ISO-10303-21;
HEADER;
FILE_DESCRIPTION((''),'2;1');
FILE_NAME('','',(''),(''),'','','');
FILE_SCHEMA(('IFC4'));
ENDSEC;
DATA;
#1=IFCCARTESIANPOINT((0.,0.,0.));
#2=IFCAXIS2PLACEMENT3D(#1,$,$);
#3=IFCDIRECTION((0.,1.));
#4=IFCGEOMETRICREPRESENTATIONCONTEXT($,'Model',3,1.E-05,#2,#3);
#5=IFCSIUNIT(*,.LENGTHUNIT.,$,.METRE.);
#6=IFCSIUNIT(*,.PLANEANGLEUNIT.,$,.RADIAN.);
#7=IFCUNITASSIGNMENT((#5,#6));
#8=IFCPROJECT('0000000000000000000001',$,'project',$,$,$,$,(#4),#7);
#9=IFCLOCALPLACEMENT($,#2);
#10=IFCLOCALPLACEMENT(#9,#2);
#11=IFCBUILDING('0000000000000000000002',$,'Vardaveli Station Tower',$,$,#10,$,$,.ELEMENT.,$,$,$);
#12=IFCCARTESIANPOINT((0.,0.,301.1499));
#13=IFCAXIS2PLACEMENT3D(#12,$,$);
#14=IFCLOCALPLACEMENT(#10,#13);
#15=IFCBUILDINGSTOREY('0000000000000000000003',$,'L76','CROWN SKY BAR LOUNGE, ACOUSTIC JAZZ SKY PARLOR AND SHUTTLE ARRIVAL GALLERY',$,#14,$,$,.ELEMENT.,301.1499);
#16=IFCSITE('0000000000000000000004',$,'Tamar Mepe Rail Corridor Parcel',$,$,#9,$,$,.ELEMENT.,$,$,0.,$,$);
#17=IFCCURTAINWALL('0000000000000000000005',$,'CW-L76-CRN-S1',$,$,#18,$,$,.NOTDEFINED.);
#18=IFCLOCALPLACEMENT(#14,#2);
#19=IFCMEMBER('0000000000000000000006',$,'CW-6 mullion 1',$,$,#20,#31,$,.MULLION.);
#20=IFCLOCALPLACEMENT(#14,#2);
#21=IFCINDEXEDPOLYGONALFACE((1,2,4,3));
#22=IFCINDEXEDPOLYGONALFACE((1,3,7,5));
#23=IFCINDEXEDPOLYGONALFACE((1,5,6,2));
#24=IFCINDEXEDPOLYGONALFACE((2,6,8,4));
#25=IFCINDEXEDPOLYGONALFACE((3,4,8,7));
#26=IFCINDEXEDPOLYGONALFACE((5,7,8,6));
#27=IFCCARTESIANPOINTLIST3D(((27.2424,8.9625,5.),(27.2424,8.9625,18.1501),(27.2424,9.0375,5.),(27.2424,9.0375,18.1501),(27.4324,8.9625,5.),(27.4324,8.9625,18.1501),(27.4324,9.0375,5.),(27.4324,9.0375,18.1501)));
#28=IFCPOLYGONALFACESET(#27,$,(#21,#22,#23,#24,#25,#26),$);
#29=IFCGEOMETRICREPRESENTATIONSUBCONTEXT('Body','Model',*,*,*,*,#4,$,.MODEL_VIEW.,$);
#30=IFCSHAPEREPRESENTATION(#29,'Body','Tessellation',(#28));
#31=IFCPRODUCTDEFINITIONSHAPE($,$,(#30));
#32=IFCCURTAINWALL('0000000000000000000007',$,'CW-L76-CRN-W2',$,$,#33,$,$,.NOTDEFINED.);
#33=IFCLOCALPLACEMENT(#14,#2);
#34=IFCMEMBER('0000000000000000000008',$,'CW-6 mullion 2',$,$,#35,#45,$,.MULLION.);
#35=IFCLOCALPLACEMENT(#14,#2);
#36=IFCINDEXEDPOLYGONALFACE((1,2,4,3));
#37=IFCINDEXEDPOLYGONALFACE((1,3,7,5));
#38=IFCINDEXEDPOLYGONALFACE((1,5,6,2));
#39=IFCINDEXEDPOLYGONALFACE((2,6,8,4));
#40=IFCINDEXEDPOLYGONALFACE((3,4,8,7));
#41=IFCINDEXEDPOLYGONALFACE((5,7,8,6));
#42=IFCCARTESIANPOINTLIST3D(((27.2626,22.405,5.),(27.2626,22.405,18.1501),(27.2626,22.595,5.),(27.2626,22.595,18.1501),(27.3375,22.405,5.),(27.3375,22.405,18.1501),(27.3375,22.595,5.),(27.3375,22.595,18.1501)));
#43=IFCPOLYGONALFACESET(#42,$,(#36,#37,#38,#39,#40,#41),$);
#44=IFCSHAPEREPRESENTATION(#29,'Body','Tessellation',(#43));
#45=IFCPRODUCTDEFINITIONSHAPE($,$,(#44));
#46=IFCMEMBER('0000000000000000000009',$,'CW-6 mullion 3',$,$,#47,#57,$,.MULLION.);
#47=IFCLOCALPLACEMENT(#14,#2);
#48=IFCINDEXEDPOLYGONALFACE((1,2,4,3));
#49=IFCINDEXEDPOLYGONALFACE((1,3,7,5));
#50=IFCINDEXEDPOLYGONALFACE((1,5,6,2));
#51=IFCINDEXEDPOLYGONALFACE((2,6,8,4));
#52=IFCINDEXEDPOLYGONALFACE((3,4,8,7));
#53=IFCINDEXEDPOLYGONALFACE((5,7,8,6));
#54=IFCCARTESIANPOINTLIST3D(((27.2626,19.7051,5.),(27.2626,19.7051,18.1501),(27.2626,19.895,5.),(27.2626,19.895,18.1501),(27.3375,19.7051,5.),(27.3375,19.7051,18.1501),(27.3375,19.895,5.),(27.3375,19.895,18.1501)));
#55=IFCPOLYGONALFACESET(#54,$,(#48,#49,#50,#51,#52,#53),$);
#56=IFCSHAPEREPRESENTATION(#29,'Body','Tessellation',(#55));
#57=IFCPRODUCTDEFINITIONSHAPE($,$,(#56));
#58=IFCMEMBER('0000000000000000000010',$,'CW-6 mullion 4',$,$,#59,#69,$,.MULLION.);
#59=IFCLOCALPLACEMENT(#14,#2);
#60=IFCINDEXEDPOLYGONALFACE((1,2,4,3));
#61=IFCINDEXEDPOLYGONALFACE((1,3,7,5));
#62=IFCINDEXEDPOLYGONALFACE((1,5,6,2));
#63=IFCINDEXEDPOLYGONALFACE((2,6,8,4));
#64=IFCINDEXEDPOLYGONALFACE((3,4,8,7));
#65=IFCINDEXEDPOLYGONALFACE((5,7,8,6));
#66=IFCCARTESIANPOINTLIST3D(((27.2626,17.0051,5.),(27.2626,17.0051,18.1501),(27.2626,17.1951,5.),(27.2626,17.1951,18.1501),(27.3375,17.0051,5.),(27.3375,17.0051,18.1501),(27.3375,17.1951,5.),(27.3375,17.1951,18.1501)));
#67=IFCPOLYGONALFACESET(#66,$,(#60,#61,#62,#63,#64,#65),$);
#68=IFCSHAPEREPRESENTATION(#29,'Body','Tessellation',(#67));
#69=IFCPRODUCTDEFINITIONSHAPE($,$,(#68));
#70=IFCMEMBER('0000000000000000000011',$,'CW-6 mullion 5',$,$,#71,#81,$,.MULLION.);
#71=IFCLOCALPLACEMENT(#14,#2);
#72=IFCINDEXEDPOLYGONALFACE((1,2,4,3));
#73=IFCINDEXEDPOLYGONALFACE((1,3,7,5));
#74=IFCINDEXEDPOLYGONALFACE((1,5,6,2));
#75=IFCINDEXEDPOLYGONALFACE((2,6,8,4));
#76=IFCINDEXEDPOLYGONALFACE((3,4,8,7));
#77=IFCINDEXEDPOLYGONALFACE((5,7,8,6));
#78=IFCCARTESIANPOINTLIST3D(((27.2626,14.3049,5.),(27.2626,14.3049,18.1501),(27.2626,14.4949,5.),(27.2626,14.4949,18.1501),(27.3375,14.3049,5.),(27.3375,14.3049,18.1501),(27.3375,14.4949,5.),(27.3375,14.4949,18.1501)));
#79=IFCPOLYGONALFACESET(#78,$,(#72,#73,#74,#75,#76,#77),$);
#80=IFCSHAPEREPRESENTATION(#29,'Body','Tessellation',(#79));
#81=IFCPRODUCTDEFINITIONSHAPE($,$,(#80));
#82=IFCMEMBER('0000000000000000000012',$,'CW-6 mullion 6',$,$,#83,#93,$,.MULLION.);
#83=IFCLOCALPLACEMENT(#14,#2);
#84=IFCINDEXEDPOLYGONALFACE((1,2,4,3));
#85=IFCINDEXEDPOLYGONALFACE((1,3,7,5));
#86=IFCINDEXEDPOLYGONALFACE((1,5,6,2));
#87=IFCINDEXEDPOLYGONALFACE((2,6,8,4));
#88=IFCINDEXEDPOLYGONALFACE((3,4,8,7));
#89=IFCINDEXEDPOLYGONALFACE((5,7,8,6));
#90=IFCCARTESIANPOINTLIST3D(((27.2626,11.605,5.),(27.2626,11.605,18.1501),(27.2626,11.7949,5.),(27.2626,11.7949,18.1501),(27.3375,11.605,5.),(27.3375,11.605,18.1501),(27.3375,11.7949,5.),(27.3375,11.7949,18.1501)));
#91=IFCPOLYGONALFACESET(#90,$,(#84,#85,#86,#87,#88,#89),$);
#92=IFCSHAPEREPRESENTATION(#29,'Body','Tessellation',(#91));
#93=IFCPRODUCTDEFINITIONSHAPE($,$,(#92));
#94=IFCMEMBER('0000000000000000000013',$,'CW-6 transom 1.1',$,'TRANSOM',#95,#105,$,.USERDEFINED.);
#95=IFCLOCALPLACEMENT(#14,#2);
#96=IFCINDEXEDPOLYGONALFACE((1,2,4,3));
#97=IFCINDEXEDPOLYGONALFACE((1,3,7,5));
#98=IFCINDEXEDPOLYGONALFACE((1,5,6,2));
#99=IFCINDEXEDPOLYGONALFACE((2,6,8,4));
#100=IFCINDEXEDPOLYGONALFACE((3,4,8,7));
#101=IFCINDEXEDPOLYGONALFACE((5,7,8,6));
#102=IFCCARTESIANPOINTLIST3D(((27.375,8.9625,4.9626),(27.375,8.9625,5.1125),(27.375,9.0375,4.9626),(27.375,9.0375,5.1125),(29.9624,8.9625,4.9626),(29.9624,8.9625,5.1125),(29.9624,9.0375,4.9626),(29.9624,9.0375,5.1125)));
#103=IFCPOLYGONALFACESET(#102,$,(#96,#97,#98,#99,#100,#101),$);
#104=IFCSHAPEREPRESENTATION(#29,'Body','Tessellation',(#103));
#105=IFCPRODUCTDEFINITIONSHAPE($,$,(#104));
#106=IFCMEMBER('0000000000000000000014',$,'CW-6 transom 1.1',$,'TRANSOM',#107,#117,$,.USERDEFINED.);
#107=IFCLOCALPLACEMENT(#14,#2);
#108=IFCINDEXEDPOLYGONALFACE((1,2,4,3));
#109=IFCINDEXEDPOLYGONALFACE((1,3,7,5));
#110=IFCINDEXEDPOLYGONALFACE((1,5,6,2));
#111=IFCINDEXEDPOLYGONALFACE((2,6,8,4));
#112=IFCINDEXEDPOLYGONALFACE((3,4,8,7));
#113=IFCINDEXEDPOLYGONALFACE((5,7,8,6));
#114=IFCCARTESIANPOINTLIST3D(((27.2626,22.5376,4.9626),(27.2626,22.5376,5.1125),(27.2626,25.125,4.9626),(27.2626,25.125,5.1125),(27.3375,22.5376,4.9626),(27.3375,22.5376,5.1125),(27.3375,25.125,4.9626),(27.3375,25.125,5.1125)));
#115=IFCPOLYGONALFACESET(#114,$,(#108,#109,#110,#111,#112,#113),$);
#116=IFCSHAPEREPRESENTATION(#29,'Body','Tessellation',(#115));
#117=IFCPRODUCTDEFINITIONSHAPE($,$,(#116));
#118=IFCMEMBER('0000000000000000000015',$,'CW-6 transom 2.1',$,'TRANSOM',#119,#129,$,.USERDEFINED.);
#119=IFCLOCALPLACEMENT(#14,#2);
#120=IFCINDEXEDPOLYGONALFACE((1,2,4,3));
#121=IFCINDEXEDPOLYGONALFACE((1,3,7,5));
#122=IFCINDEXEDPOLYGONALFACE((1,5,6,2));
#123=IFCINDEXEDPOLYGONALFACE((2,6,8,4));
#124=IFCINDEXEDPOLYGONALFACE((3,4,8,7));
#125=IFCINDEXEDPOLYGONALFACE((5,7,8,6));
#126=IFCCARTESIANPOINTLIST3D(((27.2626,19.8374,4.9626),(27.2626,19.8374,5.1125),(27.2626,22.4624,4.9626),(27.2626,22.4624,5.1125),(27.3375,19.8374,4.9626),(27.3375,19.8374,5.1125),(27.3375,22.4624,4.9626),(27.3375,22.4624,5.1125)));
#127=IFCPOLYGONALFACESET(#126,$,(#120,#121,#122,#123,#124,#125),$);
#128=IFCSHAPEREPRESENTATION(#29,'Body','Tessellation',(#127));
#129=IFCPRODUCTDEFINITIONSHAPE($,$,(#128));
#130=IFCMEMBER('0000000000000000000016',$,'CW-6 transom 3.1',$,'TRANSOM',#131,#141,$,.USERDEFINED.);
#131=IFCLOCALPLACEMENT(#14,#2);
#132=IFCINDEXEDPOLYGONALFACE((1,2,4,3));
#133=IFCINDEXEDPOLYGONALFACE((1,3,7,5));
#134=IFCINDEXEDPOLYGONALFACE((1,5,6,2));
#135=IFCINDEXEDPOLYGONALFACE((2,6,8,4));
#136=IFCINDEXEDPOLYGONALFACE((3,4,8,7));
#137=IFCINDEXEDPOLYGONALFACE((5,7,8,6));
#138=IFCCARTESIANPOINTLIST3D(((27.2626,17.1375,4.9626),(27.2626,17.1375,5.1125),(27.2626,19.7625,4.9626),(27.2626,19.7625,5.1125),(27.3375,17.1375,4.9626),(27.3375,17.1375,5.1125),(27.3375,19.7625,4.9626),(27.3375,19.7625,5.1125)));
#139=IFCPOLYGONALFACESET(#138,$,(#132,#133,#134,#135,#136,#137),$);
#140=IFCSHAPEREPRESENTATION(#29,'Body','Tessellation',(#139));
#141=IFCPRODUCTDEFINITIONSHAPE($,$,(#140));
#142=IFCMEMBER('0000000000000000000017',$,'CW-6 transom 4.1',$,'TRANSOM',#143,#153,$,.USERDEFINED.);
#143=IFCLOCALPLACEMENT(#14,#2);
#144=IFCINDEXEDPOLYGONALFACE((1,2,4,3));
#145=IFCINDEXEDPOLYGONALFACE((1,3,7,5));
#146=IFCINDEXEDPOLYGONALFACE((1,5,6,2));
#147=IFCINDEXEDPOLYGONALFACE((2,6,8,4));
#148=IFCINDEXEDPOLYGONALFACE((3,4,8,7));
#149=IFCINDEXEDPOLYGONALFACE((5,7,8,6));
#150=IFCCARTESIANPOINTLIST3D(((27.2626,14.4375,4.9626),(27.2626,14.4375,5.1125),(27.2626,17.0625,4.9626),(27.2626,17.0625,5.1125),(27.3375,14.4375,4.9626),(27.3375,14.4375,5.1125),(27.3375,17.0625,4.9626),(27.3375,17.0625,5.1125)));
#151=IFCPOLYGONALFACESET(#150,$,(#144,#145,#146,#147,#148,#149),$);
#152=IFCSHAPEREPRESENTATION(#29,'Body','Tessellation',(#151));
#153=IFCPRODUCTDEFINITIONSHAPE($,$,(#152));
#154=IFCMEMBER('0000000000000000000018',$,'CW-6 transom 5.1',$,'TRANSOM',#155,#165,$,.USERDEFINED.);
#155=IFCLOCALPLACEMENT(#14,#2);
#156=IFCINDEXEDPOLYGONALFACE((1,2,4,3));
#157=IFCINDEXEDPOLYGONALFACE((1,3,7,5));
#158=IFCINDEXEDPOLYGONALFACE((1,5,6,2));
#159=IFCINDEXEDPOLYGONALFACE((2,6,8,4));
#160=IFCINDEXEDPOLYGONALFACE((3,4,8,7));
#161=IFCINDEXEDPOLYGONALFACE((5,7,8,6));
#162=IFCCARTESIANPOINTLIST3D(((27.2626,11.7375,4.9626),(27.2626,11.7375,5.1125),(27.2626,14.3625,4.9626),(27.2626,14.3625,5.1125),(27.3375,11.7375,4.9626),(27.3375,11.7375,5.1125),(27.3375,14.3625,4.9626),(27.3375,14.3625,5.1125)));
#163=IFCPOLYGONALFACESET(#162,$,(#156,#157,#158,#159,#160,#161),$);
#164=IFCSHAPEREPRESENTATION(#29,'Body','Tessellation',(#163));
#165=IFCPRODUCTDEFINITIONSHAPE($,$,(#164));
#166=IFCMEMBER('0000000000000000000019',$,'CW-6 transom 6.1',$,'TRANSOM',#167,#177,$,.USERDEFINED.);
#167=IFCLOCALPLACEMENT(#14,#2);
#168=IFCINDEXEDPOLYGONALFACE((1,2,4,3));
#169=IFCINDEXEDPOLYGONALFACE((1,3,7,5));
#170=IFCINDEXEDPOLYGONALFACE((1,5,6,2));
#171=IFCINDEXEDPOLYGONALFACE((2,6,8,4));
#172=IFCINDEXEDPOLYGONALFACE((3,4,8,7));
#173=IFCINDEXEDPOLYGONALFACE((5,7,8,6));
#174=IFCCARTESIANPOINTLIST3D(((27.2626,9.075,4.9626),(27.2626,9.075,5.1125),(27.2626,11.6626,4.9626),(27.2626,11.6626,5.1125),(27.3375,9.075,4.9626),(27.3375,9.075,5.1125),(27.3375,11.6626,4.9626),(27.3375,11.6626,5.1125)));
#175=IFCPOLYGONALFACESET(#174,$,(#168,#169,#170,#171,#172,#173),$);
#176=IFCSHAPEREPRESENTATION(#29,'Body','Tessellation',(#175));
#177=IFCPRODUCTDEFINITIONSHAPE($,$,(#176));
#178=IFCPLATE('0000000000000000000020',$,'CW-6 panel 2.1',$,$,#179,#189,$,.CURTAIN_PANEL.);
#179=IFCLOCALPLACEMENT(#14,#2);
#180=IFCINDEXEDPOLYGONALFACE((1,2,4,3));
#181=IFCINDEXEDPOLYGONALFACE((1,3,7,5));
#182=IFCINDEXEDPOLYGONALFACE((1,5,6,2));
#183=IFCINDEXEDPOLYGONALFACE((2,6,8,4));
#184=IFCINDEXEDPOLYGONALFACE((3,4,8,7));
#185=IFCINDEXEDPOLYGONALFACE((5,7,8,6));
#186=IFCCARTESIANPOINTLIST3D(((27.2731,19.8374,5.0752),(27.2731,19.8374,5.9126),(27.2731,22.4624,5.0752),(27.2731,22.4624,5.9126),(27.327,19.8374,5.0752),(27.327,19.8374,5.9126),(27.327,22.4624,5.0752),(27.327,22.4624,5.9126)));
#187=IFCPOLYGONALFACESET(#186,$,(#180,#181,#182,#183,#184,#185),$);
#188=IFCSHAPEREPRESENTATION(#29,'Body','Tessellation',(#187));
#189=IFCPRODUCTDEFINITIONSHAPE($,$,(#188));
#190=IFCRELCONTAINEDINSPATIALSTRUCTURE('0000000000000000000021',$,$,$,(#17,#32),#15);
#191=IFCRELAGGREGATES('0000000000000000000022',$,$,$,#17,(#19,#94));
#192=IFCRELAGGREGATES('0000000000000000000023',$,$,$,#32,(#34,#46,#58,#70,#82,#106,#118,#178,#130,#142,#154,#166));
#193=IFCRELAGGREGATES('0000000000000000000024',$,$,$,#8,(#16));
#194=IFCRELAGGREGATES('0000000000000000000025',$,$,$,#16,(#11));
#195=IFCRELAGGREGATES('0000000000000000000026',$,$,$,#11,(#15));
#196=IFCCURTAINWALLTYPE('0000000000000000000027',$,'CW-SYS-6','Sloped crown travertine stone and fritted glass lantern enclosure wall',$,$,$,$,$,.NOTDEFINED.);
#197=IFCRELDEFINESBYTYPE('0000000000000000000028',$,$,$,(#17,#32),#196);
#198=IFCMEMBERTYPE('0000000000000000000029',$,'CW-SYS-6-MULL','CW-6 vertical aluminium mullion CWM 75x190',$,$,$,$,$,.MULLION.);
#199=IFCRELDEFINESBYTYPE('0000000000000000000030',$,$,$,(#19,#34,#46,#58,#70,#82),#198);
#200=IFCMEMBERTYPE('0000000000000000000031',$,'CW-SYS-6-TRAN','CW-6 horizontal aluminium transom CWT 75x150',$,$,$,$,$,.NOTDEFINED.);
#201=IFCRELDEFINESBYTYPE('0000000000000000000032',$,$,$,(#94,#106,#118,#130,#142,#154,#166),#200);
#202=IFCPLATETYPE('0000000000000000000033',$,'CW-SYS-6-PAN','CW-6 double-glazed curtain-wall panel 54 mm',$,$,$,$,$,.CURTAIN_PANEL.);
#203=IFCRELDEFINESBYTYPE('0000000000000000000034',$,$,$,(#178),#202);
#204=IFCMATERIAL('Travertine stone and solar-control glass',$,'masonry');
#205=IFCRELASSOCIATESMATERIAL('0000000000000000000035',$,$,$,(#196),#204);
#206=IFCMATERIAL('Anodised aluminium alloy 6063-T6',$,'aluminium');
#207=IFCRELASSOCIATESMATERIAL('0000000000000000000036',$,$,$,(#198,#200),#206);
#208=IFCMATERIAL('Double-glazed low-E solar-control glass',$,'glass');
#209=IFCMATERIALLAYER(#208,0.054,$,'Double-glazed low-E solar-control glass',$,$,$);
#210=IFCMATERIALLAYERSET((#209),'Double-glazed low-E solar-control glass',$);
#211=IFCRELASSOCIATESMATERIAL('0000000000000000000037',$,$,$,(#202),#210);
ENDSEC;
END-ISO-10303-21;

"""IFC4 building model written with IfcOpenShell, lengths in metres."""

from ifc_helpers import new_model, si_unit, direction, frame, origin, origin_2d, place, context, subcontext, project, spatial, rectangle, extrude, source, transform, mapped, material, layer, layer_set, material_profile, profile_set, type_object, element, aggregate, save


model = new_model("IFC4")

# Units and contexts
model_context = context("Model", 3, precision=1e-05, world=origin(), true_north=direction((0.0, 1.0)))
body_context = subcontext(model_context, "Body", "Model", "MODEL_VIEW")
ifc_project = project(units=[si_unit("LENGTHUNIT", "METRE"), si_unit("PLANEANGLEUNIT", "RADIAN")], contexts=[model_context])

# Site, building, storey
site_placement = place(None, origin())
site = spatial("IfcSite", under=ifc_project, at=site_placement, Name="Tamar Mepe Rail Corridor Parcel", CompositionType="ELEMENT", RefElevation=0.0)
building_placement = place(site_placement, origin())
building = spatial("IfcBuilding", under=site, at=building_placement, Name="Vardaveli Station Tower", CompositionType="ELEMENT")
storey_placement = place(building_placement, frame((0.0, 0.0, 301.1499)))
storey = spatial("IfcBuildingStorey", under=building, at=storey_placement, Name="L76", Description="CROWN SKY BAR LOUNGE, ACOUSTIC JAZZ SKY PARLOR AND SHUTTLE ARRIVAL GALLERY", CompositionType="ELEMENT", Elevation=301.1499)

# Curtain wall, member
ifc_material_1 = material(Name="Travertine stone and solar-control glass", Category="masonry")
curtain_wall_type = type_object("IfcCurtainWallType", Name="CW-SYS-6", Description="Sloped crown travertine stone and fritted glass lantern enclosure wall", PredefinedType="NOTDEFINED", material=ifc_material_1)
curtain_wall_1_placement = place(storey_placement, origin())
curtain_wall_1 = element("IfcCurtainWall", 1, at=curtain_wall_1_placement, inside=storey, type_object=curtain_wall_type, Name="CW-L76-CRN-S1", PredefinedType="NOTDEFINED")
ifc_material_2 = material(Name="Anodised aluminium alloy 6063-T6", Category="aluminium")
ifc_material_profile_1 = material_profile(ifc_material_2, rectangle(XDim=0.075, YDim=0.1899, at=origin_2d()), Name="CWM 75x190")
ifc_profile_set_1 = profile_set([ifc_material_profile_1], Name="Anodised aluminium alloy 6063-T6")
member_type_1 = type_object("IfcMemberType", Name="CW-SYS-6-MULL", Description="CW-6 vertical aluminium mullion CWM 75x190", PredefinedType="MULLION", material=ifc_profile_set_1)
shared_shape_1 = source(origin(), body_context, "Body", "SweptSolid", [
    extrude(rectangle(XDim=0.075, YDim=0.1899, at=origin_2d()), origin(), (0.0, 0.0, 1.0), 13.1501),
])
member_1_placement = place(storey_placement, frame((27.3374, 9.0, 5.0), z_axis=(0.0, 0.0, 1.0), x_axis=(0.0, 1.0, 0.0)))
member_1 = element("IfcMember", 2, at=member_1_placement, type_object=member_type_1, Name="CW-6 mullion 1", PredefinedType="MULLION", context=body_context, shape_type="MappedRepresentation", body=[
    mapped(shared_shape_1, transform((0.0, 0.0, 0.0), scale=1.0)),
])

# Curtain wall, members
curtain_wall_2_placement = place(storey_placement, origin())
curtain_wall_2 = element("IfcCurtainWall", 3, at=curtain_wall_2_placement, inside=storey, type_object=curtain_wall_type, Name="CW-L76-CRN-W2", PredefinedType="NOTDEFINED")
member_2_placement = place(storey_placement, frame((27.3, 22.5, 5.0), z_axis=(0.0, 0.0, 1.0), x_axis=(1.0, 0.0, 0.0)))
member_2 = element("IfcMember", 4, at=member_2_placement, type_object=member_type_1, Name="CW-6 mullion 2", PredefinedType="MULLION", context=body_context, shape_type="MappedRepresentation", body=[
    mapped(shared_shape_1, transform((0.0, 0.0, 0.0), scale=1.0)),
])
member_3_placement = place(storey_placement, frame((27.3, 19.8, 5.0), z_axis=(0.0, 0.0, 1.0), x_axis=(1.0, 0.0, 0.0)))
member_3 = element("IfcMember", 5, at=member_3_placement, type_object=member_type_1, Name="CW-6 mullion 3", PredefinedType="MULLION", context=body_context, shape_type="MappedRepresentation", body=[
    mapped(shared_shape_1, transform((0.0, 0.0, 0.0), scale=1.0)),
])
member_4_placement = place(storey_placement, frame((27.3, 17.1001, 5.0), z_axis=(0.0, 0.0, 1.0), x_axis=(1.0, 0.0, 0.0)))
member_4 = element("IfcMember", 6, at=member_4_placement, type_object=member_type_1, Name="CW-6 mullion 4", PredefinedType="MULLION", context=body_context, shape_type="MappedRepresentation", body=[
    mapped(shared_shape_1, transform((0.0, 0.0, 0.0), scale=1.0)),
])
member_5_placement = place(storey_placement, frame((27.3, 14.3999, 5.0), z_axis=(0.0, 0.0, 1.0), x_axis=(1.0, 0.0, 0.0)))
member_5 = element("IfcMember", 7, at=member_5_placement, type_object=member_type_1, Name="CW-6 mullion 5", PredefinedType="MULLION", context=body_context, shape_type="MappedRepresentation", body=[
    mapped(shared_shape_1, transform((0.0, 0.0, 0.0), scale=1.0)),
])
member_6_placement = place(storey_placement, frame((27.3, 11.7, 5.0), z_axis=(0.0, 0.0, 1.0), x_axis=(1.0, 0.0, 0.0)))
member_6 = element("IfcMember", 8, at=member_6_placement, type_object=member_type_1, Name="CW-6 mullion 6", PredefinedType="MULLION", context=body_context, shape_type="MappedRepresentation", body=[
    mapped(shared_shape_1, transform((0.0, 0.0, 0.0), scale=1.0)),
])

# Members
ifc_material_profile_2 = material_profile(ifc_material_2, rectangle(XDim=0.075, YDim=0.1499, at=origin_2d()), Name="CWT 75x150")
ifc_profile_set_2 = profile_set([ifc_material_profile_2], Name="Anodised aluminium alloy 6063-T6")
member_type_2 = type_object("IfcMemberType", Name="CW-SYS-6-TRAN", Description="CW-6 horizontal aluminium transom CWT 75x150", PredefinedType="NOTDEFINED", material=ifc_profile_set_2)
shared_shape_2 = source(origin(), body_context, "Body", "SweptSolid", [
    extrude(rectangle(XDim=0.075, YDim=0.1499, at=origin_2d()), origin(), (0.0, 0.0, 1.0), 2.5874),
])
member_7_placement = place(storey_placement, frame((27.375, 9.0, 5.0376), z_axis=(1.0, 0.0, 0.0), x_axis=(0.0, 1.0, 0.0)))
member_7 = element("IfcMember", 9, at=member_7_placement, type_object=member_type_2, Name="CW-6 transom 1.1", ObjectType="TRANSOM", PredefinedType="USERDEFINED", context=body_context, shape_type="MappedRepresentation", body=[
    mapped(shared_shape_2, transform((0.0, 0.0, 0.0), scale=1.0)),
])
aggregate(curtain_wall_1, [member_1, member_7])
member_8_placement = place(storey_placement, frame((27.3, 25.125, 5.0376), z_axis=(0.0, -1.0, 0.0), x_axis=(1.0, 0.0, 0.0)))
member_8 = element("IfcMember", 10, at=member_8_placement, type_object=member_type_2, Name="CW-6 transom 1.1", ObjectType="TRANSOM", PredefinedType="USERDEFINED", context=body_context, shape_type="MappedRepresentation", body=[
    mapped(shared_shape_2, transform((0.0, 0.0, 0.0), scale=1.0)),
])
shared_shape_3 = source(origin(), body_context, "Body", "SweptSolid", [
    extrude(rectangle(XDim=0.075, YDim=0.1499, at=origin_2d()), origin(), (0.0, 0.0, 1.0), 2.625),
])
member_9_placement = place(storey_placement, frame((27.3, 22.4624, 5.0376), z_axis=(0.0, -1.0, 0.0), x_axis=(1.0, 0.0, 0.0)))
member_9 = element("IfcMember", 11, at=member_9_placement, type_object=member_type_2, Name="CW-6 transom 2.1", ObjectType="TRANSOM", PredefinedType="USERDEFINED", context=body_context, shape_type="MappedRepresentation", body=[
    mapped(shared_shape_3, transform((0.0, 0.0, 0.0), scale=1.0)),
])
member_10_placement = place(storey_placement, frame((27.3, 19.7625, 5.0376), z_axis=(0.0, -1.0, 0.0), x_axis=(1.0, 0.0, 0.0)))
member_10 = element("IfcMember", 12, at=member_10_placement, type_object=member_type_2, Name="CW-6 transom 3.1", ObjectType="TRANSOM", PredefinedType="USERDEFINED", context=body_context, shape_type="MappedRepresentation", body=[
    mapped(shared_shape_3, transform((0.0, 0.0, 0.0), scale=1.0)),
])
member_11_placement = place(storey_placement, frame((27.3, 17.0625, 5.0376), z_axis=(0.0, -1.0, 0.0), x_axis=(1.0, 0.0, 0.0)))
member_11 = element("IfcMember", 13, at=member_11_placement, type_object=member_type_2, Name="CW-6 transom 4.1", ObjectType="TRANSOM", PredefinedType="USERDEFINED", context=body_context, shape_type="MappedRepresentation", body=[
    mapped(shared_shape_3, transform((0.0, 0.0, 0.0), scale=1.0)),
])
member_12_placement = place(storey_placement, frame((27.3, 14.3625, 5.0376), z_axis=(0.0, -1.0, 0.0), x_axis=(1.0, 0.0, 0.0)))
member_12 = element("IfcMember", 14, at=member_12_placement, type_object=member_type_2, Name="CW-6 transom 5.1", ObjectType="TRANSOM", PredefinedType="USERDEFINED", context=body_context, shape_type="MappedRepresentation", body=[
    mapped(shared_shape_3, transform((0.0, 0.0, 0.0), scale=1.0)),
])
shared_shape_4 = source(origin(), body_context, "Body", "SweptSolid", [
    extrude(rectangle(XDim=0.075, YDim=0.1499, at=origin_2d()), origin(), (0.0, 0.0, 1.0), 2.5876),
])
member_13_placement = place(storey_placement, frame((27.3, 11.6626, 5.0376), z_axis=(0.0, -1.0, 0.0), x_axis=(1.0, 0.0, 0.0)))
member_13 = element("IfcMember", 15, at=member_13_placement, type_object=member_type_2, Name="CW-6 transom 6.1", ObjectType="TRANSOM", PredefinedType="USERDEFINED", context=body_context, shape_type="MappedRepresentation", body=[
    mapped(shared_shape_4, transform((0.0, 0.0, 0.0), scale=1.0)),
])

# Plate
ifc_material_3 = material(Name="Double-glazed low-E solar-control glass", Category="glass")
ifc_layer_1 = layer(ifc_material_3, 0.054, Name="Double-glazed low-E solar-control glass")
ifc_layer_set_1 = layer_set([ifc_layer_1], Name="Double-glazed low-E solar-control glass")
plate_type = type_object("IfcPlateType", Name="CW-SYS-6-PAN", Description="CW-6 double-glazed curtain-wall panel 54 mm", PredefinedType="CURTAIN_PANEL", material=ifc_layer_set_1)
shared_shape_5 = source(origin(), body_context, "Body", "SweptSolid", [
    extrude(rectangle(XDim=2.625, YDim=0.054, at=origin_2d()), origin(), (0.0, 0.0, 1.0), 0.8374),
])
plate_1_placement = place(storey_placement, frame((27.3, 21.1499, 5.0752), z_axis=(0.0, 0.0, 1.0), x_axis=(0.0, -1.0, 0.0)))
plate_1 = element("IfcPlate", 16, at=plate_1_placement, type_object=plate_type, Name="CW-6 panel 2.1", PredefinedType="CURTAIN_PANEL", context=body_context, shape_type="MappedRepresentation", body=[
    mapped(shared_shape_5, transform((0.0, 0.0, 0.0), scale=1.0)),
])
aggregate(curtain_wall_2, [member_2, member_3, member_4, member_5, member_6, member_8, member_9, plate_1, member_10, member_11, member_12, member_13])

save(model, "model.ifc")
